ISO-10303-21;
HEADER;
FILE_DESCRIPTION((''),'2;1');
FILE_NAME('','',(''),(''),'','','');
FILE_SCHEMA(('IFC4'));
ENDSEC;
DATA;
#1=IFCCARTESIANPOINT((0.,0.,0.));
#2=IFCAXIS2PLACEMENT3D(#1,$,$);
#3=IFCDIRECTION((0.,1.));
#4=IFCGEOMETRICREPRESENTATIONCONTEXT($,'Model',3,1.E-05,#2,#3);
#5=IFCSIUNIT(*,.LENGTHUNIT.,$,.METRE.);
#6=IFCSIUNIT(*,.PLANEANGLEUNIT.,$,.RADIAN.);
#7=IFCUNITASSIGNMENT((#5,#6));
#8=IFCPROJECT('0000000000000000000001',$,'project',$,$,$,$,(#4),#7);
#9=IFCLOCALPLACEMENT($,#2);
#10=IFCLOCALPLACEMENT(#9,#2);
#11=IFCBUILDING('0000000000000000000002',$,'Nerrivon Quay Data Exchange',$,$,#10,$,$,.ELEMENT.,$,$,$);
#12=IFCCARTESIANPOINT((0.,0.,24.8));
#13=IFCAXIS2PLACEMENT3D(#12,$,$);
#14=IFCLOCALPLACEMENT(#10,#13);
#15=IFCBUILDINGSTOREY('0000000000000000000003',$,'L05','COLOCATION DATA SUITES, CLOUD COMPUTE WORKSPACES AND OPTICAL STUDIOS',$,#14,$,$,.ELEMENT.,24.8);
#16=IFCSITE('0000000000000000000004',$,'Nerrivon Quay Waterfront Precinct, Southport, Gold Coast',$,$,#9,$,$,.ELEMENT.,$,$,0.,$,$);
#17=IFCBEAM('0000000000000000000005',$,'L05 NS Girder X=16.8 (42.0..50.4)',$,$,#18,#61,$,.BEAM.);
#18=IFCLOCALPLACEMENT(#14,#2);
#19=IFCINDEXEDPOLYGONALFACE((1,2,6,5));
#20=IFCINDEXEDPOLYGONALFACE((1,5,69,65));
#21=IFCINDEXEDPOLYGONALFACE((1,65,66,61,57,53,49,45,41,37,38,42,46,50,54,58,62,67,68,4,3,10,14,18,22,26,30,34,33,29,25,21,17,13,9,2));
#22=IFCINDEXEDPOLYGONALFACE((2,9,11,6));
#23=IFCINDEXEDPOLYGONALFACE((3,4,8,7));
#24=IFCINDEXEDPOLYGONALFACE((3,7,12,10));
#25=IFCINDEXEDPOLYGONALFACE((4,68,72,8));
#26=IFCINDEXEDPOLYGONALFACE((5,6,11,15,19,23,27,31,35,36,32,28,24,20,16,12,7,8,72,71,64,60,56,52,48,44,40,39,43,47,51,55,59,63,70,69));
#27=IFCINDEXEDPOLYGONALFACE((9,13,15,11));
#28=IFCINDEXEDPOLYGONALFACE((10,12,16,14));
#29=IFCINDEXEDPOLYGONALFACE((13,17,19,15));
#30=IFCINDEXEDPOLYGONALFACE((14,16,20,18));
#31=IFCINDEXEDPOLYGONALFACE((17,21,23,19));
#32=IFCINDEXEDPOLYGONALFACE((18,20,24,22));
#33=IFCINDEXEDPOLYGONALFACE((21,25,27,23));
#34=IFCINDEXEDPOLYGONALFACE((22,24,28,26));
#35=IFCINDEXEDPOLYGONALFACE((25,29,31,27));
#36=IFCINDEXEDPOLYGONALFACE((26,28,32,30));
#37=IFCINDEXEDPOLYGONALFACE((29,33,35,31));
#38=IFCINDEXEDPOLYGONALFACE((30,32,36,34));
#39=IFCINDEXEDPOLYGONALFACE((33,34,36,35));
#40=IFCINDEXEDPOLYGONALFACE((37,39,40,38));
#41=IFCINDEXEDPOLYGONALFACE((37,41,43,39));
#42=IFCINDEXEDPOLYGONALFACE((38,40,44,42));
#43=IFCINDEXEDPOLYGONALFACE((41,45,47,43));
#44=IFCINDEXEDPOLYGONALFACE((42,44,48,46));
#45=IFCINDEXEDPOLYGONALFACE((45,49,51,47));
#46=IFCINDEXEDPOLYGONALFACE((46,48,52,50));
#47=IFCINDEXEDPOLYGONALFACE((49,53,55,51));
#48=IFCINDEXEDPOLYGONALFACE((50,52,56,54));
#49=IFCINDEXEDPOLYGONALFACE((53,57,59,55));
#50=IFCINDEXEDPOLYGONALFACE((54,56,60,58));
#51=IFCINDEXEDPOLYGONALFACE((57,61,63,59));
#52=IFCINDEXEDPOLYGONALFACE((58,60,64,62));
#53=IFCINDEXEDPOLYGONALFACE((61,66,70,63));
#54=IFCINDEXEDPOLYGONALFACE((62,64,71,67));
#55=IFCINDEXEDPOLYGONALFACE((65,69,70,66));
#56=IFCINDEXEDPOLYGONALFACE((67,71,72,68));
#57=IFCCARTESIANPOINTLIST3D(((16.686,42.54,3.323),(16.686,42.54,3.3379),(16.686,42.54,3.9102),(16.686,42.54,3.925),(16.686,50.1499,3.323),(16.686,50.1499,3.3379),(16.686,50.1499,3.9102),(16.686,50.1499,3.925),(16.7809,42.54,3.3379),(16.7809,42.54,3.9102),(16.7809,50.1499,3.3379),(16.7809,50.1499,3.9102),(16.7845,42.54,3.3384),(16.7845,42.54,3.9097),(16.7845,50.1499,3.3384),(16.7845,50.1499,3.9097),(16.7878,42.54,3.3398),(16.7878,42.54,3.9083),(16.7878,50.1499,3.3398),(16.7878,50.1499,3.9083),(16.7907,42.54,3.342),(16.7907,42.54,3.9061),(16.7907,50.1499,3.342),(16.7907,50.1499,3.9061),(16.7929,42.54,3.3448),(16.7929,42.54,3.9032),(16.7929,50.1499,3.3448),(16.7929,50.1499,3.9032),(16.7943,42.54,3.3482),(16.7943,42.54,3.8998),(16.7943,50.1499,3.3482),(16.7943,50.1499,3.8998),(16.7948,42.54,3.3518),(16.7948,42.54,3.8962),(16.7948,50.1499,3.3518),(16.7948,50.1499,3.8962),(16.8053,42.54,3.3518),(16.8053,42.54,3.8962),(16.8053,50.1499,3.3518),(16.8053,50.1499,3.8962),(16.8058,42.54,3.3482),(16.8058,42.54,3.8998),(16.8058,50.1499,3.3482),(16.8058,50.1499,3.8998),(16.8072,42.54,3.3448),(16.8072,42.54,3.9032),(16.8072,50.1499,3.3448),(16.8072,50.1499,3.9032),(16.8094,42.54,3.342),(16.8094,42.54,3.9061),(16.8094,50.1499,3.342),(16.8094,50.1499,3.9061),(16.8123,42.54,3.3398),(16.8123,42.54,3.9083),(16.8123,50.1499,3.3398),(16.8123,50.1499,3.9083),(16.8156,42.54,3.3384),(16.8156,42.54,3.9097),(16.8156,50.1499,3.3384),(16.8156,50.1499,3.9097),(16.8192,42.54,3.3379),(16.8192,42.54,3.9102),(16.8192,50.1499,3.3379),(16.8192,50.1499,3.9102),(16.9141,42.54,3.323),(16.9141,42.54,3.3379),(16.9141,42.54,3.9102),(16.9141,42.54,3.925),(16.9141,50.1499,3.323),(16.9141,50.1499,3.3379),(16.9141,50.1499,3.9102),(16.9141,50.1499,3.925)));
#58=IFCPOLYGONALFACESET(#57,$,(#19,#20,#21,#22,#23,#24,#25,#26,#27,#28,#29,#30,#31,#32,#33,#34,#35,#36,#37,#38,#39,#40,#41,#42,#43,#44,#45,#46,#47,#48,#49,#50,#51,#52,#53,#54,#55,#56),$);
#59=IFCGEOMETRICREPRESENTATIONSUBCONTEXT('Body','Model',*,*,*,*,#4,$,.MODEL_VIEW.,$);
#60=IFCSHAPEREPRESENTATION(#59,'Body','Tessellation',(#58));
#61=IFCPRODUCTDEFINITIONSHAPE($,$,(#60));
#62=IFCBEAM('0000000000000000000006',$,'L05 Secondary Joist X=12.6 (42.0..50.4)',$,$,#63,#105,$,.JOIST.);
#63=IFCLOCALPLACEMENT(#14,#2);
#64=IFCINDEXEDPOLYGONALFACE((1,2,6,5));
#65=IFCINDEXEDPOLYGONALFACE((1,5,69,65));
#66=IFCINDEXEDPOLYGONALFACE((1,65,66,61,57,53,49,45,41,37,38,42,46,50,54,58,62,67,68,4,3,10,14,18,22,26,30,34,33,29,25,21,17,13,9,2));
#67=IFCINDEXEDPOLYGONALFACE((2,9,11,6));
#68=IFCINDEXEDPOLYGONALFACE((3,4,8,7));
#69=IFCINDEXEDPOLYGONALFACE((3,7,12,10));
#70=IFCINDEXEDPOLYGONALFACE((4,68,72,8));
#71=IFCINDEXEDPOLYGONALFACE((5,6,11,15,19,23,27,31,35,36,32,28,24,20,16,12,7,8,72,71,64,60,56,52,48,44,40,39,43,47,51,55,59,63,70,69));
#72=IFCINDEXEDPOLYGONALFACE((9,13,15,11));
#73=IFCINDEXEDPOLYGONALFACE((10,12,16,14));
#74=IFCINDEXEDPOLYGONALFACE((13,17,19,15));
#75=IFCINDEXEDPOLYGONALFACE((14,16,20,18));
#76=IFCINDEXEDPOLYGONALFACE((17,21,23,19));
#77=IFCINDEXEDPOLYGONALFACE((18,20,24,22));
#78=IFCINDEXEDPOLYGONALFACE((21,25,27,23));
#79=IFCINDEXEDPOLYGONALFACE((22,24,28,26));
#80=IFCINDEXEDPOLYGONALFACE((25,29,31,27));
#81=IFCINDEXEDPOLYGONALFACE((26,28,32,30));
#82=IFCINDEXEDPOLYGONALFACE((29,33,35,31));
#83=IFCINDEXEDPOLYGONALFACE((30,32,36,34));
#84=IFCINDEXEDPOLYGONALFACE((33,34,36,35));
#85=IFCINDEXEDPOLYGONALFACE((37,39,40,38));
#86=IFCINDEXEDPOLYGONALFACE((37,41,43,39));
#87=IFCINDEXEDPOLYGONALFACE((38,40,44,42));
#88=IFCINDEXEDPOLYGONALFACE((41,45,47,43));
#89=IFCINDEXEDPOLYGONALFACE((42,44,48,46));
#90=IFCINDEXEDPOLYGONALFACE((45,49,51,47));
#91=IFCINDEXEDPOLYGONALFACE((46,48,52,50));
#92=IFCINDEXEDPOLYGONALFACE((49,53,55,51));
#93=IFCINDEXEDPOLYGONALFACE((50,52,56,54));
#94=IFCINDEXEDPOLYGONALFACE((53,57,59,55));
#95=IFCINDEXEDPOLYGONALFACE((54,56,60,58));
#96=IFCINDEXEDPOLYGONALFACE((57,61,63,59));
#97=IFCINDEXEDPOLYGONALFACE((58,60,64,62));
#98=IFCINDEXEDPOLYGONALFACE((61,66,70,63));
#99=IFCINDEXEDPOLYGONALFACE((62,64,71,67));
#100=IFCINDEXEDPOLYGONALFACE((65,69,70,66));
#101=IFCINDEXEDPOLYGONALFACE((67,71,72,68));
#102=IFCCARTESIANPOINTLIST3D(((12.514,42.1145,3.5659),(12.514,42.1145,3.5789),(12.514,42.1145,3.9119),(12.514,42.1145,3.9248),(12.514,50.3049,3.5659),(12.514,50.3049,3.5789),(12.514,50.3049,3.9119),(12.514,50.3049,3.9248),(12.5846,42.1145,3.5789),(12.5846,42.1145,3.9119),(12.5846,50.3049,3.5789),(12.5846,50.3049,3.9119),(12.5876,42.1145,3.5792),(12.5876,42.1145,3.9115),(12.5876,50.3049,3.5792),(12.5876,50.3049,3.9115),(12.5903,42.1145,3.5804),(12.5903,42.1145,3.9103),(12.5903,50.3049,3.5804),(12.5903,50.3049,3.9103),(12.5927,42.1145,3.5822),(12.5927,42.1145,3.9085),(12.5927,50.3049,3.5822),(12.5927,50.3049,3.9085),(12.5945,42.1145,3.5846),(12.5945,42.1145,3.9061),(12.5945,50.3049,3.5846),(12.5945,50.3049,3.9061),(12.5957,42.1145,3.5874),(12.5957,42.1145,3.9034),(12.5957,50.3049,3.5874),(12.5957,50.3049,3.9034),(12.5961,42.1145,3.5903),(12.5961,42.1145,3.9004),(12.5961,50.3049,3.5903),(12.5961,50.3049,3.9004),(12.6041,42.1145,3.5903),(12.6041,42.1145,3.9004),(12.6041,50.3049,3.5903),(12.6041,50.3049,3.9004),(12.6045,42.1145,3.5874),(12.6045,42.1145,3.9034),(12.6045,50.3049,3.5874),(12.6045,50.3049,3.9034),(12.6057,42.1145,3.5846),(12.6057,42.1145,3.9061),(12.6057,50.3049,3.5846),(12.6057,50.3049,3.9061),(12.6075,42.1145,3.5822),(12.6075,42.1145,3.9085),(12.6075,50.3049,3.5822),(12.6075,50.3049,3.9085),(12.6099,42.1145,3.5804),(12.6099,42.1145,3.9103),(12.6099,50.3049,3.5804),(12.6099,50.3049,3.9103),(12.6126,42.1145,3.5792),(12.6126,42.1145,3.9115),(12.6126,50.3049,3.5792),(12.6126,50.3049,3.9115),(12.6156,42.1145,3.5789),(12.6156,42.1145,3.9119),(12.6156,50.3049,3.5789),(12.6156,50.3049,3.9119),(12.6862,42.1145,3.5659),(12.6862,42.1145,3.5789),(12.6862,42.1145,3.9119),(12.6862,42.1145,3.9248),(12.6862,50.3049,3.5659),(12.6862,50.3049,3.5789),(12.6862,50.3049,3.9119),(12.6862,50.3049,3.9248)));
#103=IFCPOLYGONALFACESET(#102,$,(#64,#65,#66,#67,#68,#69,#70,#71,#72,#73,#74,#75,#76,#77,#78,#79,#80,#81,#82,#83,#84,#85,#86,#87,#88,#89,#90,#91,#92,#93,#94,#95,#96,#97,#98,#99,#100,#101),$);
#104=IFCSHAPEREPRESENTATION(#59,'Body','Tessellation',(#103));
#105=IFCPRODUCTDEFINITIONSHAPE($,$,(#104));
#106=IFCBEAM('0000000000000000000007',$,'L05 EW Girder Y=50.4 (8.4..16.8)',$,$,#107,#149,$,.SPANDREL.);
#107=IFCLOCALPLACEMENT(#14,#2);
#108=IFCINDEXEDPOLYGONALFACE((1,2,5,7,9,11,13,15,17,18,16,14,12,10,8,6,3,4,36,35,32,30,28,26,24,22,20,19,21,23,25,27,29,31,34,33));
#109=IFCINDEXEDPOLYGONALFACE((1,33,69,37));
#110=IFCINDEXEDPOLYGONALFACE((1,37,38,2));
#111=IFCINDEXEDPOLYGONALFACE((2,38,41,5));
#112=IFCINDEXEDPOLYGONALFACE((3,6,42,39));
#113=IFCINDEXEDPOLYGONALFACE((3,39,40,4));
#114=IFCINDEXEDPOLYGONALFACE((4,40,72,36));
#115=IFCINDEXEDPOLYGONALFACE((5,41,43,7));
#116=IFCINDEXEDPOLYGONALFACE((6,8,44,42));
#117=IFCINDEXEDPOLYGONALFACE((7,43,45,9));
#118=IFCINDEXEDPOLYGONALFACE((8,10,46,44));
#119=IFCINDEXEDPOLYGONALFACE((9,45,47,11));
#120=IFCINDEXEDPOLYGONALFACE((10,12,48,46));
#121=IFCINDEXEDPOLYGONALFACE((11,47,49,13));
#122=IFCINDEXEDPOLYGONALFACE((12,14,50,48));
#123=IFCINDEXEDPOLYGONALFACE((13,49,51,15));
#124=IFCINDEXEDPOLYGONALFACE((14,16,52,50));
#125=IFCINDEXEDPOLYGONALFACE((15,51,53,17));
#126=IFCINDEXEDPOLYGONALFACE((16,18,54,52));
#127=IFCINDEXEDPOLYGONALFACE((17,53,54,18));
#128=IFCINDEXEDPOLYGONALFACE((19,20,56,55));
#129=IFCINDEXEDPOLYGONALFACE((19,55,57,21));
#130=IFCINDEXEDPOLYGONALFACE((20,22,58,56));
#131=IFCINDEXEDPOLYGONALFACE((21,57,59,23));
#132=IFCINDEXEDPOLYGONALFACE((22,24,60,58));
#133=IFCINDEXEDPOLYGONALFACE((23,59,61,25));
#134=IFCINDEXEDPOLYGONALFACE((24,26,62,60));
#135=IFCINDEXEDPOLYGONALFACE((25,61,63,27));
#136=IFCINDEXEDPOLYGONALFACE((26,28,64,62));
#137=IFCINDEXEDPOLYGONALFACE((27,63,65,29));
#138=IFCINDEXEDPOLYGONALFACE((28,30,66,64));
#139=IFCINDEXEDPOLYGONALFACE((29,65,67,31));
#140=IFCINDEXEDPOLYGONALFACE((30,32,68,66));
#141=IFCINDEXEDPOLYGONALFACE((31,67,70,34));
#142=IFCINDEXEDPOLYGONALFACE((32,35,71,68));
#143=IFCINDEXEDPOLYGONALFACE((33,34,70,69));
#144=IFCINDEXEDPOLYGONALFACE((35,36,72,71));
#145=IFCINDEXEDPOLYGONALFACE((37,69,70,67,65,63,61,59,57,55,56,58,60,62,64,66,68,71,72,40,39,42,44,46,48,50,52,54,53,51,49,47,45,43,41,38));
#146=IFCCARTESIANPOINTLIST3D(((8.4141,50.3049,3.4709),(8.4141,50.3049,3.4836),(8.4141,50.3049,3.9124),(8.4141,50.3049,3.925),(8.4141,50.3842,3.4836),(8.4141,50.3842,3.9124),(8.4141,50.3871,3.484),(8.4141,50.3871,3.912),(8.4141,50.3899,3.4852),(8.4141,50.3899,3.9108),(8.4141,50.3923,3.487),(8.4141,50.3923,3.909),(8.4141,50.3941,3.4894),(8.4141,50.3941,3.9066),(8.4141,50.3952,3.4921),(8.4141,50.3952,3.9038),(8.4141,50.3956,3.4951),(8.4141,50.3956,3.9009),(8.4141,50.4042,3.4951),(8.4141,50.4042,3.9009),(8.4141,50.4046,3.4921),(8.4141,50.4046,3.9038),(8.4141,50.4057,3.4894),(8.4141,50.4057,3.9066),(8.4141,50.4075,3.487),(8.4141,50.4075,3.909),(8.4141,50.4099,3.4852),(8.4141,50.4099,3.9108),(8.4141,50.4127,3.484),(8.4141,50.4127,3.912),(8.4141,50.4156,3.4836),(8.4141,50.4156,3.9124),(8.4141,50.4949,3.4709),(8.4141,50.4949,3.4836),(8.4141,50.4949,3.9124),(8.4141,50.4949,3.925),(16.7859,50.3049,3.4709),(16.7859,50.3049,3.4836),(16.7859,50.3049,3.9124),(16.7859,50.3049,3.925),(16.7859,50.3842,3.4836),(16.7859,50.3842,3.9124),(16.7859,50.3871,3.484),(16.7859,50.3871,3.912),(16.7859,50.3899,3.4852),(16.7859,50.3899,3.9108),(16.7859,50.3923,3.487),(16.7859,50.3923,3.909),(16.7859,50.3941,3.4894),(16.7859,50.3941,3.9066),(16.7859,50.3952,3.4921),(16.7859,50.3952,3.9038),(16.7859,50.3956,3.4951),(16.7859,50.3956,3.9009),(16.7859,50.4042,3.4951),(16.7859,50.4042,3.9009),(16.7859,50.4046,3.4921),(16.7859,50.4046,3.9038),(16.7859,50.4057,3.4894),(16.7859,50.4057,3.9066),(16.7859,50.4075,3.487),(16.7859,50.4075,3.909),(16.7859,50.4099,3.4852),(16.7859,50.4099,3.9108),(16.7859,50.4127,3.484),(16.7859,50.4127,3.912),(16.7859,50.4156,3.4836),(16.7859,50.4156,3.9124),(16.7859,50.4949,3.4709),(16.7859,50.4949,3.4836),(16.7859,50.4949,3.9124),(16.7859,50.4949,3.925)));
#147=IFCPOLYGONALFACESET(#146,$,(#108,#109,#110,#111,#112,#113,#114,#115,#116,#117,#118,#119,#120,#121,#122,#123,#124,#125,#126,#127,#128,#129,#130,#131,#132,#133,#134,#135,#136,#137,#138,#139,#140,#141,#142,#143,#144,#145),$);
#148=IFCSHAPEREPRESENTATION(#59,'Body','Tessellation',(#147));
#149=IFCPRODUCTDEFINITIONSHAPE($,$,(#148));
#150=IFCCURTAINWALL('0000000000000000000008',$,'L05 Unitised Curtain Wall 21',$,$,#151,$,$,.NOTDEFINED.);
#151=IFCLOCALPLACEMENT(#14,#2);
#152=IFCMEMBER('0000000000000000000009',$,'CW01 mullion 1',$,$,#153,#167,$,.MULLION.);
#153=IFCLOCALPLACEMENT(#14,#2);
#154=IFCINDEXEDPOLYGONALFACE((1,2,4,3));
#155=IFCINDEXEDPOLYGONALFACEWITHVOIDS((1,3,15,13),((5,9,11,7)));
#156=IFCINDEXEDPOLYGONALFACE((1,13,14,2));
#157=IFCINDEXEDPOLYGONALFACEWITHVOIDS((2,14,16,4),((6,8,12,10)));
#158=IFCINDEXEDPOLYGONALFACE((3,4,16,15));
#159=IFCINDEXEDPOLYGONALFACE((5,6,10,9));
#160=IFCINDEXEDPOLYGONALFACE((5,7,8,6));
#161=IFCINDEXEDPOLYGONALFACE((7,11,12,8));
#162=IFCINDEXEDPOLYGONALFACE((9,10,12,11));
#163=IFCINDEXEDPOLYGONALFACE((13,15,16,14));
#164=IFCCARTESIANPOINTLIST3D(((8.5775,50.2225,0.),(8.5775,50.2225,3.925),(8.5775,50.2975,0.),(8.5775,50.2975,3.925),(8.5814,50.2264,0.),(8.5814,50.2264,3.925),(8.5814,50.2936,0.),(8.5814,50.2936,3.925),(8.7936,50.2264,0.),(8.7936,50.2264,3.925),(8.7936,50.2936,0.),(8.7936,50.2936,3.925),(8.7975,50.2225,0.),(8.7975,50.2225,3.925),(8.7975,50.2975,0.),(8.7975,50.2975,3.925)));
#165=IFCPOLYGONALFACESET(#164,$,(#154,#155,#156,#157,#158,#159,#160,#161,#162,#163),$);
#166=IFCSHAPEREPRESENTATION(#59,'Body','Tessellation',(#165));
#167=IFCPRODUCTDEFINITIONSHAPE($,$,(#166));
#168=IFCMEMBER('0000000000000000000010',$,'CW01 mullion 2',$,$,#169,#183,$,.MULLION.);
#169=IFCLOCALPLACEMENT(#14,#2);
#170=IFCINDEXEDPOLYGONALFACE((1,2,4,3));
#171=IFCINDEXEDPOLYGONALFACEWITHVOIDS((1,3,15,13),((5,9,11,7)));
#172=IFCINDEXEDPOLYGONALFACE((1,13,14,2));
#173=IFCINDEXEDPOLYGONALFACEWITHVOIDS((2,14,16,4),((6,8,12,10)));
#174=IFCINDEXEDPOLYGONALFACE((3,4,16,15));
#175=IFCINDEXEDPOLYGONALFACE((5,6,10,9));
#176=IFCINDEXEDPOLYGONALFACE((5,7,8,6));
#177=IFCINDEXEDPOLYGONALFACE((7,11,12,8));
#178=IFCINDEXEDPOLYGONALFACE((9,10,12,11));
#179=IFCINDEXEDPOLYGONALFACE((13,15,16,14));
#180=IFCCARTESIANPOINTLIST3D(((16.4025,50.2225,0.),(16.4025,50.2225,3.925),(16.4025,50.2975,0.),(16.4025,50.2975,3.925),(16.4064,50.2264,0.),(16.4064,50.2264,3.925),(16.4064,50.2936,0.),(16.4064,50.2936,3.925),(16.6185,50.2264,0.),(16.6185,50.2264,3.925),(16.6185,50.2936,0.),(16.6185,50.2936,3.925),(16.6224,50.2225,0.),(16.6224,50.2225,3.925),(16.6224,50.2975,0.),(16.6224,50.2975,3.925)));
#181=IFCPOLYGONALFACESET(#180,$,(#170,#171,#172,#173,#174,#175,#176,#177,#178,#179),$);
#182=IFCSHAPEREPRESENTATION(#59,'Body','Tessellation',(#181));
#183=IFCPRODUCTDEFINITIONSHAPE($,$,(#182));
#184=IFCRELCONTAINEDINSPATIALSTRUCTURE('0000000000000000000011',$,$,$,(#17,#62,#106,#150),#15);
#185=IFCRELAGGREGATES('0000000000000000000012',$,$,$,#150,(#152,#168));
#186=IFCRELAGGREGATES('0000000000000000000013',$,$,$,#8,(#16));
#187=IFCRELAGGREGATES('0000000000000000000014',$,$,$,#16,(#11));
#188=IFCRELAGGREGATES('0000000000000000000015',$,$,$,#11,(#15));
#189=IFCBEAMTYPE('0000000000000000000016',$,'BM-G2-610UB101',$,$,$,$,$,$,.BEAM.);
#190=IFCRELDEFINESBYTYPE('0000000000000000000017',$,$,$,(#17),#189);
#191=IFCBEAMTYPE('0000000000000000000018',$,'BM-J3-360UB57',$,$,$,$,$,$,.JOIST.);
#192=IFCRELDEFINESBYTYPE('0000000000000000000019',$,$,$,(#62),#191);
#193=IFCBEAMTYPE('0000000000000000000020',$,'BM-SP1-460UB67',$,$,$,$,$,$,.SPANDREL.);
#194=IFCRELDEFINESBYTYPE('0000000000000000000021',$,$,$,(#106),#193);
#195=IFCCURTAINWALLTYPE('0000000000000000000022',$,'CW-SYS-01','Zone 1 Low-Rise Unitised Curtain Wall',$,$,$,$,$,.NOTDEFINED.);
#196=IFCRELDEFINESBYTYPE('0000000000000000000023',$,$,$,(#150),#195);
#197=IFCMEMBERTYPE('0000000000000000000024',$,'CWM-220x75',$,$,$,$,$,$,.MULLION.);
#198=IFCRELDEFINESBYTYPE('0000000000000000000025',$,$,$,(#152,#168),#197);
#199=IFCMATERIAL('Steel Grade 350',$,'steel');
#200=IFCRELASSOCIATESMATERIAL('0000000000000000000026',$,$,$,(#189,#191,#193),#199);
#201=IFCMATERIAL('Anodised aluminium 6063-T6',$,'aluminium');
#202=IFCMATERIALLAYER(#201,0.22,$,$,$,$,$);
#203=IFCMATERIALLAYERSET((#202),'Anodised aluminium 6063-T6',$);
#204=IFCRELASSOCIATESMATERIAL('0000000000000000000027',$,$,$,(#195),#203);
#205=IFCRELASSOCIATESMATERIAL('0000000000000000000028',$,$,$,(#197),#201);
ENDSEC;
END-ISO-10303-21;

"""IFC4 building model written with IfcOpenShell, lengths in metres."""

from ifc_helpers import new_model, si_unit, direction, frame, origin, origin_2d, place, context, subcontext, project, spatial, hollow_rectangle, i_section, extrude, material, layer, layer_set, material_profile, profile_set, type_object, element, aggregate, save


model = new_model("IFC4")

# Units and contexts
model_context = context("Model", 3, precision=1e-05, world=origin(), true_north=direction((0.0, 1.0)))
body_context = subcontext(model_context, "Body", "Model", "MODEL_VIEW")
ifc_project = project(units=[si_unit("LENGTHUNIT", "METRE"), si_unit("PLANEANGLEUNIT", "RADIAN")], contexts=[model_context])

# Site, building, storey
site_placement = place(None, origin())
site = spatial("IfcSite", under=ifc_project, at=site_placement, Name="Nerrivon Quay Waterfront Precinct, Southport, Gold Coast", CompositionType="ELEMENT", RefElevation=0.0)
building_placement = place(site_placement, origin())
building = spatial("IfcBuilding", under=site, at=building_placement, Name="Nerrivon Quay Data Exchange", CompositionType="ELEMENT")
storey_placement = place(building_placement, frame((0.0, 0.0, 24.8)))
storey = spatial("IfcBuildingStorey", under=building, at=storey_placement, Name="L05", Description="COLOCATION DATA SUITES, CLOUD COMPUTE WORKSPACES AND OPTICAL STUDIOS", CompositionType="ELEMENT", Elevation=24.8)

# Shared definitions
ifc_material_1 = material(Name="Steel Grade 350", Category="steel")

# Beams
ifc_material_profile_1 = material_profile(ifc_material_1, i_section(OverallWidth=0.228, OverallDepth=0.6021, WebThickness=0.0105, FlangeThickness=0.0149, FilletRadius=0.0139, at=origin_2d()), Name="610UB101")
ifc_profile_set_1 = profile_set([ifc_material_profile_1], Name="Steel Grade 350")
beam_type_1 = type_object("IfcBeamType", Name="BM-G2-610UB101", PredefinedType="BEAM", material=ifc_profile_set_1)
beam_1_placement = place(storey_placement, frame((16.8, 42.54, 3.624), z_axis=(0.0, 1.0, 0.0), x_axis=(-1.0, 0.0, 0.0)))
element("IfcBeam", 1, at=beam_1_placement, inside=storey, type_object=beam_type_1, Name="L05 NS Girder X=16.8 (42.0..50.4)", PredefinedType="BEAM", context=body_context, shape_type="SweptSolid", body=[
    extrude(i_section(OverallWidth=0.228, OverallDepth=0.6021, WebThickness=0.0105, FlangeThickness=0.0149, FilletRadius=0.0139, at=origin_2d()), origin(), (0.0, 0.0, 1.0), 7.6099),
])
ifc_material_profile_2 = material_profile(ifc_material_1, i_section(OverallWidth=0.1721, OverallDepth=0.3589, WebThickness=0.0081, FlangeThickness=0.0129, FilletRadius=0.0115, at=origin_2d()), Name="360UB56.7")
ifc_profile_set_2 = profile_set([ifc_material_profile_2], Name="Steel Grade 350")
beam_type_2 = type_object("IfcBeamType", Name="BM-J3-360UB57", PredefinedType="JOIST", material=ifc_profile_set_2)
beam_2_placement = place(storey_placement, frame((12.6001, 42.1145, 3.7454), z_axis=(0.0, 1.0, 0.0), x_axis=(-1.0, 0.0, 0.0)))
element("IfcBeam", 2, at=beam_2_placement, inside=storey, type_object=beam_type_2, Name="L05 Secondary Joist X=12.6 (42.0..50.4)", PredefinedType="JOIST", context=body_context, shape_type="SweptSolid", body=[
    extrude(i_section(OverallWidth=0.1721, OverallDepth=0.3589, WebThickness=0.0081, FlangeThickness=0.0129, FilletRadius=0.0115, at=origin_2d()), origin(), (0.0, 0.0, 1.0), 8.1904),
])
ifc_material_profile_3 = material_profile(ifc_material_1, i_section(OverallWidth=0.1899, OverallDepth=0.4541, WebThickness=0.0085, FlangeThickness=0.0127, FilletRadius=0.0115, at=origin_2d()), Name="460UB67.1")
ifc_profile_set_3 = profile_set([ifc_material_profile_3], Name="Steel Grade 350")
beam_type_3 = type_object("IfcBeamType", Name="BM-SP1-460UB67", PredefinedType="SPANDREL", material=ifc_profile_set_3)
beam_3_placement = place(storey_placement, frame((8.4141, 50.3999, 3.698), z_axis=(1.0, 0.0, 0.0), x_axis=(0.0, 1.0, 0.0)))
element("IfcBeam", 3, at=beam_3_placement, inside=storey, type_object=beam_type_3, Name="L05 EW Girder Y=50.4 (8.4..16.8)", PredefinedType="SPANDREL", context=body_context, shape_type="SweptSolid", body=[
    extrude(i_section(OverallWidth=0.1899, OverallDepth=0.4541, WebThickness=0.0085, FlangeThickness=0.0127, FilletRadius=0.0115, at=origin_2d()), origin(), (0.0, 0.0, 1.0), 8.3718),
])

# Curtain wall, members
ifc_material_2 = material(Name="Anodised aluminium 6063-T6", Category="aluminium")
ifc_layer_1 = layer(ifc_material_2, 0.22)
ifc_layer_set_1 = layer_set([ifc_layer_1], Name="Anodised aluminium 6063-T6")
curtain_wall_type = type_object("IfcCurtainWallType", Name="CW-SYS-01", Description="Zone 1 Low-Rise Unitised Curtain Wall", PredefinedType="NOTDEFINED", material=ifc_layer_set_1)
curtain_wall_placement = place(storey_placement, origin())
curtain_wall = element("IfcCurtainWall", 4, at=curtain_wall_placement, inside=storey, type_object=curtain_wall_type, Name="L05 Unitised Curtain Wall 21", PredefinedType="NOTDEFINED")
ifc_material_profile_4 = material_profile(ifc_material_2, hollow_rectangle(XDim=0.075, YDim=0.22, WallThickness=0.0039, at=origin_2d()), Name="ALU-MULL-220x75")
ifc_profile_set_4 = profile_set([ifc_material_profile_4], Name="Anodised aluminium 6063-T6")
member_type_1 = type_object("IfcMemberType", Name="CWM-220x75", PredefinedType="MULLION", material=ifc_profile_set_4)
member_1_placement = place(storey_placement, frame((8.6875, 50.26, 0.0), z_axis=(0.0, 0.0, 1.0), x_axis=(0.0, 1.0, 0.0)))
member_1 = element("IfcMember", 5, at=member_1_placement, type_object=member_type_1, Name="CW01 mullion 1", PredefinedType="MULLION", context=body_context, shape_type="SweptSolid", body=[
    extrude(hollow_rectangle(XDim=0.075, YDim=0.22, WallThickness=0.0039, at=origin_2d()), origin(), (0.0, 0.0, 1.0), 3.925),
])
member_2_placement = place(storey_placement, frame((16.5125, 50.26, 0.0), z_axis=(0.0, 0.0, 1.0), x_axis=(0.0, 1.0, 0.0)))
member_2 = element("IfcMember", 6, at=member_2_placement, type_object=member_type_1, Name="CW01 mullion 2", PredefinedType="MULLION", context=body_context, shape_type="SweptSolid", body=[
    extrude(hollow_rectangle(XDim=0.075, YDim=0.22, WallThickness=0.0039, at=origin_2d()), origin(), (0.0, 0.0, 1.0), 3.925),
])
aggregate(curtain_wall, [member_1, member_2])

save(model, "model.ifc")
